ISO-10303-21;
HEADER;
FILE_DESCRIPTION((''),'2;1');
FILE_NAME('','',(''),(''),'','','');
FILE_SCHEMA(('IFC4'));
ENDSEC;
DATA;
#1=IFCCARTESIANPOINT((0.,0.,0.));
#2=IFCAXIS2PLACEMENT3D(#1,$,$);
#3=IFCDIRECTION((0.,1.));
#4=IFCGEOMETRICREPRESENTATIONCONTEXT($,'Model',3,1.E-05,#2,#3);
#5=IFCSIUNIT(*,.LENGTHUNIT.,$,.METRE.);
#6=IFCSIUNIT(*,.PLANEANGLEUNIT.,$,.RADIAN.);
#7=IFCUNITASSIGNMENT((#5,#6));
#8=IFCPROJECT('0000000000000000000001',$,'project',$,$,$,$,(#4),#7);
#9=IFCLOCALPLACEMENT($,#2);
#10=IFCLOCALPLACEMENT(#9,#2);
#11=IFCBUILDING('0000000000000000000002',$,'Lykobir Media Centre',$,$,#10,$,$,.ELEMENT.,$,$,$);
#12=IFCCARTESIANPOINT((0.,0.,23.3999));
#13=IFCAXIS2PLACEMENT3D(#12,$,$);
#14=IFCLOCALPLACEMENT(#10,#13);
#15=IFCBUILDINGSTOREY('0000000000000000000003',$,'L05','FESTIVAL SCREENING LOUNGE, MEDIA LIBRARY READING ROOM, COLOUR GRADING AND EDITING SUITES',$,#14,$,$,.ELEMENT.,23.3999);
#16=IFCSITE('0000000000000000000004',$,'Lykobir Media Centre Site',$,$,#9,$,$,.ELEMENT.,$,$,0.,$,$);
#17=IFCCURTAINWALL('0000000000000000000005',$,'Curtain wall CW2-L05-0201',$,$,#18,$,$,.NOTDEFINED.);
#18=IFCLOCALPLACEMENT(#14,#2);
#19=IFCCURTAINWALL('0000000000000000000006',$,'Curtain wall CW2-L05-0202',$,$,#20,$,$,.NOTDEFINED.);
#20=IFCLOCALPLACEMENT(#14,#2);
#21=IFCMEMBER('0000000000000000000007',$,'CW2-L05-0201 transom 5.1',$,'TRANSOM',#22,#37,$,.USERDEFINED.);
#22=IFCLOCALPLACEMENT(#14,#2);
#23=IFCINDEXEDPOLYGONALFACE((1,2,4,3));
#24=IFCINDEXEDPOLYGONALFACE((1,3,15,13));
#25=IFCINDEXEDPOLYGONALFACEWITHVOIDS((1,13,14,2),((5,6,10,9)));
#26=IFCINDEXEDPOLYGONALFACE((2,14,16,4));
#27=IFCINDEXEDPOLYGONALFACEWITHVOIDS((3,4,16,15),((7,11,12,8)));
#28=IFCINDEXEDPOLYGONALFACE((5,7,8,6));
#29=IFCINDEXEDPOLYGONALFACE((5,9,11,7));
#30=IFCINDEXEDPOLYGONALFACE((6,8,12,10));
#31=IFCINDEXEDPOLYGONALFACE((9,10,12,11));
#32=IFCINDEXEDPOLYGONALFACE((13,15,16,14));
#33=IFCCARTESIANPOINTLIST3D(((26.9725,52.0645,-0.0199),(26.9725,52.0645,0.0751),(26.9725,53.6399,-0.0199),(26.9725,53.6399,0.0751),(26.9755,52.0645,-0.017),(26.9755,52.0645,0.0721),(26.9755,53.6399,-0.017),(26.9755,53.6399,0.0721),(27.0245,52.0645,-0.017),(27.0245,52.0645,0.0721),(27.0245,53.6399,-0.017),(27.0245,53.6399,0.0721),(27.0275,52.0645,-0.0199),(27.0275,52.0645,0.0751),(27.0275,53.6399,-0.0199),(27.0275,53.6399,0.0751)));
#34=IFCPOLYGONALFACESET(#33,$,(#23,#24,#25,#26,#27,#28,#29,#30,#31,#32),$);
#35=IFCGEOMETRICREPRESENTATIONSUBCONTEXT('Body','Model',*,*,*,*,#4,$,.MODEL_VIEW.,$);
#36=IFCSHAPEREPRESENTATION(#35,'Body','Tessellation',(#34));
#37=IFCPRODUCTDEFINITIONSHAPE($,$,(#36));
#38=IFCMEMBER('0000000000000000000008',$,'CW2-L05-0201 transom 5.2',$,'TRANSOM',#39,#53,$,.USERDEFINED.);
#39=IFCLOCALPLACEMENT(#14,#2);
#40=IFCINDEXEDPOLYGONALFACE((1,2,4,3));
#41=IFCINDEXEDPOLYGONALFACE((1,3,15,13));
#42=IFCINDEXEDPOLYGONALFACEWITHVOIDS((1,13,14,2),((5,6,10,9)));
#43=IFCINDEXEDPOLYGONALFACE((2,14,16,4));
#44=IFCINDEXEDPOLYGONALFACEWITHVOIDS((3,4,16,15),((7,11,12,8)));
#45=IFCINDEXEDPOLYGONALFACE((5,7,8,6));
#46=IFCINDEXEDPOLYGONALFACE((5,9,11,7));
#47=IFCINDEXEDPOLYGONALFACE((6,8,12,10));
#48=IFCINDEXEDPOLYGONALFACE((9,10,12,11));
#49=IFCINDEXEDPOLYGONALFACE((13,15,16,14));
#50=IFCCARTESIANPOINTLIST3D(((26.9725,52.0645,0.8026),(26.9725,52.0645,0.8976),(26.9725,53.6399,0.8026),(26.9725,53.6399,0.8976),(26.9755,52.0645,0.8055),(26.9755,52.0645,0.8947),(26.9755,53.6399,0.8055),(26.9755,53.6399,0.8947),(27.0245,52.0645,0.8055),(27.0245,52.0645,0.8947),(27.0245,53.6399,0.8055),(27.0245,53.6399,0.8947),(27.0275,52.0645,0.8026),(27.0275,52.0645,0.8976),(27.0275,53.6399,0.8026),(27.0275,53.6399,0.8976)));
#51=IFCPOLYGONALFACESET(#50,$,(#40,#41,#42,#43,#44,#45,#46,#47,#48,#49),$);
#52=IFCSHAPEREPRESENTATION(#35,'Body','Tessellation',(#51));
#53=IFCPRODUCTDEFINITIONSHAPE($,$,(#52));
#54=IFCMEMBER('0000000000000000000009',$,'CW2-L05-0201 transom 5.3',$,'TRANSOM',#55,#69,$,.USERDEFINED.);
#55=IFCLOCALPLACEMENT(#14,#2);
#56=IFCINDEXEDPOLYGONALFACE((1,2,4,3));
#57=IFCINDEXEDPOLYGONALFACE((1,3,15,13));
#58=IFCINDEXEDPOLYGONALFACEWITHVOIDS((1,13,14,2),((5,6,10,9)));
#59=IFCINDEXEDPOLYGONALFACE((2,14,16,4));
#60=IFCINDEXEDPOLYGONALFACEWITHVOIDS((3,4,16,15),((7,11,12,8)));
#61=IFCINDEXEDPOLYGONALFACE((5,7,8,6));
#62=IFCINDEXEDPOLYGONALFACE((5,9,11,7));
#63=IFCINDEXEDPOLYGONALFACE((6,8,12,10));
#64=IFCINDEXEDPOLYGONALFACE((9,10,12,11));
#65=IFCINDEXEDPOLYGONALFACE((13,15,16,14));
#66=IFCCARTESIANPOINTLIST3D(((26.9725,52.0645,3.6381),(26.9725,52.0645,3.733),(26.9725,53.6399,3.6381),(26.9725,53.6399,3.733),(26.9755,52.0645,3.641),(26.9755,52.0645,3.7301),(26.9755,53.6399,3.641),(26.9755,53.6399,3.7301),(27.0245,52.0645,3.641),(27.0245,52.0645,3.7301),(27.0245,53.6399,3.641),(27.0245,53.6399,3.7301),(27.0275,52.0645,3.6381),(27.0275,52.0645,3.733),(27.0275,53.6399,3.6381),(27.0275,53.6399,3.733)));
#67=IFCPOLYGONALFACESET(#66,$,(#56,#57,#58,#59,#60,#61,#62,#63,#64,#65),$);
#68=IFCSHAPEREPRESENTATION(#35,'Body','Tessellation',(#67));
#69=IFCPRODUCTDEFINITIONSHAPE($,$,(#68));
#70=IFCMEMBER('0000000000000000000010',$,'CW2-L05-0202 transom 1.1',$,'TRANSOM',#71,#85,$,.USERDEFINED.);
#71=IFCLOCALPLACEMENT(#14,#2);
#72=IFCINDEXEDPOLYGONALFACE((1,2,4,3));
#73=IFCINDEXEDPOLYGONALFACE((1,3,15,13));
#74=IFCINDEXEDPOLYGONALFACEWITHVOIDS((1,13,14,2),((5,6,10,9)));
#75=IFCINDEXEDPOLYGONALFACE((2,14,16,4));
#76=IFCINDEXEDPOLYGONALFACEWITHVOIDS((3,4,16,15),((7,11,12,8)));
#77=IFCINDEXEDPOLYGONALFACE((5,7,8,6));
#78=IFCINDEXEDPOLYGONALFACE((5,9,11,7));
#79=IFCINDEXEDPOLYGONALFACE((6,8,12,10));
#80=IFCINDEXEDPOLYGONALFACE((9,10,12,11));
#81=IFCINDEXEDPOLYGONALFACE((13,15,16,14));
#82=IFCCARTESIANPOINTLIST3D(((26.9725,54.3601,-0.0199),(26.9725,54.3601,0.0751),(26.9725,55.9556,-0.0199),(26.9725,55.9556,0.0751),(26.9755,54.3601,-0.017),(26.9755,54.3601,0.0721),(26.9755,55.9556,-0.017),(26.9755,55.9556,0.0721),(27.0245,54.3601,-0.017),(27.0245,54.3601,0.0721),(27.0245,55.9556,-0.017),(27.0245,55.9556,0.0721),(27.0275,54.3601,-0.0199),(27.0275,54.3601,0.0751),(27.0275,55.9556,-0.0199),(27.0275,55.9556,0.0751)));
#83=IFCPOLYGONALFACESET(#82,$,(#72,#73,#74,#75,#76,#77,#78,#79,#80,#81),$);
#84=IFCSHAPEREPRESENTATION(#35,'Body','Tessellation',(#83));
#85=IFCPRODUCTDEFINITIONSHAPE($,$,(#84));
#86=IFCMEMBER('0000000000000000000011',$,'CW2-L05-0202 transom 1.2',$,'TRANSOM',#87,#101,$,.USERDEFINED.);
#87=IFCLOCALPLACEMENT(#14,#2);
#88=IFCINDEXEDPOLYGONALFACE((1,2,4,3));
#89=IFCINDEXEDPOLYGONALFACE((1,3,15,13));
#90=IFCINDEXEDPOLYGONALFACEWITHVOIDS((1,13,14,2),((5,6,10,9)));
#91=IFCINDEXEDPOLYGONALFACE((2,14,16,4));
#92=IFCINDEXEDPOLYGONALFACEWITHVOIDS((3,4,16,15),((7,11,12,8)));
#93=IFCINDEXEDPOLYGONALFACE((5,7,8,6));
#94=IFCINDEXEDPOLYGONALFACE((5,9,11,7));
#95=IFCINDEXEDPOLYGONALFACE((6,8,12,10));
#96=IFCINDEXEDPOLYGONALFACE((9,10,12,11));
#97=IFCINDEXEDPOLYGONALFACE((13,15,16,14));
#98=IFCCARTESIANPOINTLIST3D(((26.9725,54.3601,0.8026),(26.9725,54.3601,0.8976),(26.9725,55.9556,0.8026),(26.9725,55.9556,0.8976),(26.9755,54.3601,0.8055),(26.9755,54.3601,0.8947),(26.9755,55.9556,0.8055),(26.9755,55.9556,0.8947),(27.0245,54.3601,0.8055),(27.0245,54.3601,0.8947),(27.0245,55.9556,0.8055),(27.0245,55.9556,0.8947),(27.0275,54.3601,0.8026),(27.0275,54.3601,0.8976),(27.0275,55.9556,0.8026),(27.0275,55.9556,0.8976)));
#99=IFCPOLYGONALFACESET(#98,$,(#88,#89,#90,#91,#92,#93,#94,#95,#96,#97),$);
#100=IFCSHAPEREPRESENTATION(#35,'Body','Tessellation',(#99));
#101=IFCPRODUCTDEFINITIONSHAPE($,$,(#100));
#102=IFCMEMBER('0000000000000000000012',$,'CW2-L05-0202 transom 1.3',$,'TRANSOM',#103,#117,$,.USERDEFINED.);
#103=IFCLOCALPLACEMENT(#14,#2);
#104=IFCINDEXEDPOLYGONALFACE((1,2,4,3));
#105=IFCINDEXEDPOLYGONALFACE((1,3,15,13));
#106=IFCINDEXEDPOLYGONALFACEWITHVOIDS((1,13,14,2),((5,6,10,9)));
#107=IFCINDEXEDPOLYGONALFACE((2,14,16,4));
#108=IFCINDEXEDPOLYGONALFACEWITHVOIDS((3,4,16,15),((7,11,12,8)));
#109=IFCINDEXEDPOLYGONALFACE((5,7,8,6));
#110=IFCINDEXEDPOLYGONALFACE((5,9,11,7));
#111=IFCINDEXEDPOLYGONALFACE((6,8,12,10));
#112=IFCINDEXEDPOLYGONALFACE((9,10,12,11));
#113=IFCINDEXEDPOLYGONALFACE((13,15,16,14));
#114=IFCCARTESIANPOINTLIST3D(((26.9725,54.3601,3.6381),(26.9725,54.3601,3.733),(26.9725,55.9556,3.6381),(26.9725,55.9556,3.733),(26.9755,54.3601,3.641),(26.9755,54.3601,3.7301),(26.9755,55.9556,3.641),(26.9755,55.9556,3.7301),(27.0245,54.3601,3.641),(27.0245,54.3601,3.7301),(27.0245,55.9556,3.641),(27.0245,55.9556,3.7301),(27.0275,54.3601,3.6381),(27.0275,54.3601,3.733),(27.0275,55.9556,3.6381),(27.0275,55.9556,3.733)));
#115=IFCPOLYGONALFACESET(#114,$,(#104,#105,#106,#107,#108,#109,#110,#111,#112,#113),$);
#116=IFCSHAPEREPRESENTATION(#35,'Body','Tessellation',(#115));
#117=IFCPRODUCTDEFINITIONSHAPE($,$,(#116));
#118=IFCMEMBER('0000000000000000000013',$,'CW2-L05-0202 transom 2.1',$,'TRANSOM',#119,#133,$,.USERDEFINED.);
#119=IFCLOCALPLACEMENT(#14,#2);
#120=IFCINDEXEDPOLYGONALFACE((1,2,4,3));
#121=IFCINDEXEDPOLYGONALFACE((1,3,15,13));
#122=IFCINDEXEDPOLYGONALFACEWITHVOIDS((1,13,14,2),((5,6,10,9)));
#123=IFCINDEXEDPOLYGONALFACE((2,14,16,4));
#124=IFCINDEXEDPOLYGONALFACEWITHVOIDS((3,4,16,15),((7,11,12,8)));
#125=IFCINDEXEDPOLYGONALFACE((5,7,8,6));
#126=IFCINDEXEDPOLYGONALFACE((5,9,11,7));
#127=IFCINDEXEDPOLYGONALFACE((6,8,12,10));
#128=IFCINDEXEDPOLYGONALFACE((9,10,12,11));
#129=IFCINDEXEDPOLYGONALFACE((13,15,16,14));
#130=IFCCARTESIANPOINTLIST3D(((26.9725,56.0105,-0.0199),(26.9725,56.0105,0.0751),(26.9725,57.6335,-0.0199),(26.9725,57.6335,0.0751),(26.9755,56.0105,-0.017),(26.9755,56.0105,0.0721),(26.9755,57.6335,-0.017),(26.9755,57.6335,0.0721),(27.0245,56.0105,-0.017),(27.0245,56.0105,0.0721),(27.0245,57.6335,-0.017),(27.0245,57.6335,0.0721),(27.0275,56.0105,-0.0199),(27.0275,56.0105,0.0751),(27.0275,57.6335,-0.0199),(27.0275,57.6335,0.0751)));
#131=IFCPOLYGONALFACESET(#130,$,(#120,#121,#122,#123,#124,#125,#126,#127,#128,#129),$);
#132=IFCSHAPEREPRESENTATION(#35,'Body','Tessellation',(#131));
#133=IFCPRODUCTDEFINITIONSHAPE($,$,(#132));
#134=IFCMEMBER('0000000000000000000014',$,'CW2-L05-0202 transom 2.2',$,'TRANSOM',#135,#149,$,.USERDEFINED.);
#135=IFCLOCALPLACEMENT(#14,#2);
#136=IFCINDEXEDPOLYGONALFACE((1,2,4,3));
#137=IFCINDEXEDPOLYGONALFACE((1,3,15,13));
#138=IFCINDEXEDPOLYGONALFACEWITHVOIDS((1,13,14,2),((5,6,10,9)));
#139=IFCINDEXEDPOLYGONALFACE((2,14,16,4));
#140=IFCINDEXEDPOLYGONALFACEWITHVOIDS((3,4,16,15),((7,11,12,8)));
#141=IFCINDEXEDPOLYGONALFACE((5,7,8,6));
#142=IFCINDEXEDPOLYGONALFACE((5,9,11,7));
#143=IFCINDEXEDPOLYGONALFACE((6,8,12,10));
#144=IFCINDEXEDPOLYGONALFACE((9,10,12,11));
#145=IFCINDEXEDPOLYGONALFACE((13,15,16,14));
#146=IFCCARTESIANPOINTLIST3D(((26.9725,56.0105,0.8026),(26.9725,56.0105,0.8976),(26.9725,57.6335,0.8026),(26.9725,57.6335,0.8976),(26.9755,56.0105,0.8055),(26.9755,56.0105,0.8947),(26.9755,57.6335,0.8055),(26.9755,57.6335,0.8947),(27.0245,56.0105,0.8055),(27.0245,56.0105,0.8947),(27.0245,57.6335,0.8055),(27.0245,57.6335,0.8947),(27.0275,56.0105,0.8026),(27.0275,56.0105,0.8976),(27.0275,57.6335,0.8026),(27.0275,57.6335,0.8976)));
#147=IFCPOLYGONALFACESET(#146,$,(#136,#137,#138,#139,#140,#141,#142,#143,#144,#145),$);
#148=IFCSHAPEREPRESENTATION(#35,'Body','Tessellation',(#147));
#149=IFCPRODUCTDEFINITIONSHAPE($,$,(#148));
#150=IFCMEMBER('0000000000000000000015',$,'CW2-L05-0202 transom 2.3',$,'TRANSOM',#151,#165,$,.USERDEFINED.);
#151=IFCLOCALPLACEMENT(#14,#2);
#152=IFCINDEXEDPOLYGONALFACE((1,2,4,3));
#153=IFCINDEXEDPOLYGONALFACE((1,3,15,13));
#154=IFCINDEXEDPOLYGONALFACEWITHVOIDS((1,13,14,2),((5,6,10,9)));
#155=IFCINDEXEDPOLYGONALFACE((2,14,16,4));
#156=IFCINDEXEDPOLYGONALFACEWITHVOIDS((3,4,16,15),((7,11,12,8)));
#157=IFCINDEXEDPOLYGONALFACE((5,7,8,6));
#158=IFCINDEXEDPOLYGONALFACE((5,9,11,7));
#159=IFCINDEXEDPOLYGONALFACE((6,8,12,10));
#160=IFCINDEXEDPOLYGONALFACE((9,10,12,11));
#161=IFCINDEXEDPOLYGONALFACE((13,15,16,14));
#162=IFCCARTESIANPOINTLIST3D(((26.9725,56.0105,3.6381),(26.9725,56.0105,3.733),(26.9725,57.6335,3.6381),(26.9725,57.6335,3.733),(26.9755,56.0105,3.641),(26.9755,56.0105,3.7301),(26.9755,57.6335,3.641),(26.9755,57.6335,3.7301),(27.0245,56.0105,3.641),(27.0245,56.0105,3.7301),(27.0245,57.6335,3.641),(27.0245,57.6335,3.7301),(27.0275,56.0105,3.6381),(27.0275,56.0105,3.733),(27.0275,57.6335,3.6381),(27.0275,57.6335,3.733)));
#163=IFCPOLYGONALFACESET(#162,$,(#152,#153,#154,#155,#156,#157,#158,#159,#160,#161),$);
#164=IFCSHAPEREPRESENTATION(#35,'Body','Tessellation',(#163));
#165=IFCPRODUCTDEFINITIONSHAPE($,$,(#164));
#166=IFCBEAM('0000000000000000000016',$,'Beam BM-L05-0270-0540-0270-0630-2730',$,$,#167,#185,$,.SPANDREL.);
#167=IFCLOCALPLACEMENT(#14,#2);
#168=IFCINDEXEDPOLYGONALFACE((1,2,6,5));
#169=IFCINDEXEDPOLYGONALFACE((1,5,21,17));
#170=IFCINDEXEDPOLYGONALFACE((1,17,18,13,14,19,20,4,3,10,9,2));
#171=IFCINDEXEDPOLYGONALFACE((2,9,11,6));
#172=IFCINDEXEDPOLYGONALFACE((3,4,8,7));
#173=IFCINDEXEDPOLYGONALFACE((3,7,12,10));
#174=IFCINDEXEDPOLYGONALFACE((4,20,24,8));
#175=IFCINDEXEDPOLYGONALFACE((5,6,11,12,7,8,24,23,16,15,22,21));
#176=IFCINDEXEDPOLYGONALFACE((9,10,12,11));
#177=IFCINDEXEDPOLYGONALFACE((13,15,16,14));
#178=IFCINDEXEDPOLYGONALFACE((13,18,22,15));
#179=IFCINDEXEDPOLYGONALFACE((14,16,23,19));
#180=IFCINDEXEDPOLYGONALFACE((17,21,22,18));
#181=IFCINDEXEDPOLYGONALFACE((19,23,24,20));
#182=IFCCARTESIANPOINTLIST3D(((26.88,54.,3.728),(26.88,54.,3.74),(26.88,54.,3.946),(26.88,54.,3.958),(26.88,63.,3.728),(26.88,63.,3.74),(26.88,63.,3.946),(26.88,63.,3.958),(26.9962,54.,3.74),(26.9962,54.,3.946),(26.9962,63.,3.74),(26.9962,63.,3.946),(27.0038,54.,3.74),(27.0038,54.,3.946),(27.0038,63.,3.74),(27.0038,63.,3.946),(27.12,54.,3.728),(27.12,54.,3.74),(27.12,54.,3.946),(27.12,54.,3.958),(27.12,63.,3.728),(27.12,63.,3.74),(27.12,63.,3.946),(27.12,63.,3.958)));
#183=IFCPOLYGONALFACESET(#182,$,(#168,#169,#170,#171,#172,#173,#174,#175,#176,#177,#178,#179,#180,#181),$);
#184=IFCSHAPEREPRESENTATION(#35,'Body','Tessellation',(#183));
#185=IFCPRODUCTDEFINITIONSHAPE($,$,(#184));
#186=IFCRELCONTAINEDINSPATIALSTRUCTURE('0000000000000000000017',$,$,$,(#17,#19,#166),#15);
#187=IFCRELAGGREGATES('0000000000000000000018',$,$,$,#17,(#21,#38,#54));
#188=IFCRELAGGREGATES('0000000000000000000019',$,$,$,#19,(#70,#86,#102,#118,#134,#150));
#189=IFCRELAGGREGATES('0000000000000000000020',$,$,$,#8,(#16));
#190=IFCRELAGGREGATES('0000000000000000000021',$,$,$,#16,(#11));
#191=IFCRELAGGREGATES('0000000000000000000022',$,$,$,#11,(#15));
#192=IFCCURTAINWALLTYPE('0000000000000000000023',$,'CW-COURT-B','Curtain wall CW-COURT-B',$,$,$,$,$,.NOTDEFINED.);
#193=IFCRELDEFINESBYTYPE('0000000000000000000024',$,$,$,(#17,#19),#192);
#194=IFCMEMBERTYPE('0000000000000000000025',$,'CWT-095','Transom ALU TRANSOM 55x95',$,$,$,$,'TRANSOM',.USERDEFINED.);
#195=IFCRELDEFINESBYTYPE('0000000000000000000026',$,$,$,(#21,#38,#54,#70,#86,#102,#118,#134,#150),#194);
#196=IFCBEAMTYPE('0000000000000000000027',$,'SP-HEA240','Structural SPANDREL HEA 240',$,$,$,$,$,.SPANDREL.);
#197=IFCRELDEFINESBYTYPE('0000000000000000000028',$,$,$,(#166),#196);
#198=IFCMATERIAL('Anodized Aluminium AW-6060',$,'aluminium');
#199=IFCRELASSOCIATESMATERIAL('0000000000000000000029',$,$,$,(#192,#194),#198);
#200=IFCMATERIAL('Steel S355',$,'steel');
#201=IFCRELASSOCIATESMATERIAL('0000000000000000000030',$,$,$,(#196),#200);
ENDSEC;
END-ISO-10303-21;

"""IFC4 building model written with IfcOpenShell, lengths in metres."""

from ifc_helpers import new_model, si_unit, direction, frame, origin, origin_2d, place, context, subcontext, project, spatial, hollow_rectangle, i_section, extrude, material, material_profile, profile_set, type_object, element, aggregate, save


model = new_model("IFC4")

# Units and contexts
model_context = context("Model", 3, precision=1e-05, world=origin(), true_north=direction((0.0, 1.0)))
body_context = subcontext(model_context, "Body", "Model", "MODEL_VIEW")
ifc_project = project(units=[si_unit("LENGTHUNIT", "METRE"), si_unit("PLANEANGLEUNIT", "RADIAN")], contexts=[model_context])

# Site, building, storey
site_placement = place(None, origin())
site = spatial("IfcSite", under=ifc_project, at=site_placement, Name="Lykobir Media Centre Site", CompositionType="ELEMENT", RefElevation=0.0)
building_placement = place(site_placement, origin())
building = spatial("IfcBuilding", under=site, at=building_placement, Name="Lykobir Media Centre", CompositionType="ELEMENT")
storey_placement = place(building_placement, frame((0.0, 0.0, 23.3999)))
storey = spatial("IfcBuildingStorey", under=building, at=storey_placement, Name="L05", Description="FESTIVAL SCREENING LOUNGE, MEDIA LIBRARY READING ROOM, COLOUR GRADING AND EDITING SUITES", CompositionType="ELEMENT", Elevation=23.3999)

# Shared definitions
ifc_material_1 = material(Name="Steel S355", Category="steel")

# Shared definitions
ifc_material_2 = material(Name="Anodized Aluminium AW-6060", Category="aluminium")
curtain_wall_type = type_object("IfcCurtainWallType", Name="CW-COURT-B", Description="Curtain wall CW-COURT-B", PredefinedType="NOTDEFINED", material=ifc_material_2)

# Curtain walls
curtain_wall_1_placement = place(storey_placement, origin())
curtain_wall_1 = element("IfcCurtainWall", 1, at=curtain_wall_1_placement, inside=storey, type_object=curtain_wall_type, Name="Curtain wall CW2-L05-0201", PredefinedType="NOTDEFINED")
curtain_wall_2_placement = place(storey_placement, origin())
curtain_wall_2 = element("IfcCurtainWall", 2, at=curtain_wall_2_placement, inside=storey, type_object=curtain_wall_type, Name="Curtain wall CW2-L05-0202", PredefinedType="NOTDEFINED")

# Members
ifc_material_profile_1 = material_profile(ifc_material_2, hollow_rectangle(XDim=0.0549, YDim=0.095, WallThickness=0.0029, at=origin_2d()), Name="ALU TRANSOM 55x95")
ifc_profile_set_1 = profile_set([ifc_material_profile_1], Name="Anodized Aluminium AW-6060")
member_type_1 = type_object("IfcMemberType", Name="CWT-095", Description="Transom ALU TRANSOM 55x95", ElementType="TRANSOM", PredefinedType="USERDEFINED", material=ifc_profile_set_1)
member_1_placement = place(storey_placement, frame((27.0, 52.0645, 0.0276), z_axis=(0.0, 1.0, 0.0), x_axis=(-1.0, 0.0, 0.0)))
member_1 = element("IfcMember", 3, at=member_1_placement, type_object=member_type_1, Name="CW2-L05-0201 transom 5.1", ObjectType="TRANSOM", PredefinedType="USERDEFINED", context=body_context, shape_type="SweptSolid", body=[
    extrude(hollow_rectangle(XDim=0.0549, YDim=0.095, WallThickness=0.0029, at=origin_2d()), origin(), (0.0, 0.0, 1.0), 1.5754),
])
member_2_placement = place(storey_placement, frame((27.0, 52.0645, 0.8501), z_axis=(0.0, 1.0, 0.0), x_axis=(-1.0, 0.0, 0.0)))
member_2 = element("IfcMember", 4, at=member_2_placement, type_object=member_type_1, Name="CW2-L05-0201 transom 5.2", ObjectType="TRANSOM", PredefinedType="USERDEFINED", context=body_context, shape_type="SweptSolid", body=[
    extrude(hollow_rectangle(XDim=0.0549, YDim=0.095, WallThickness=0.0029, at=origin_2d()), origin(), (0.0, 0.0, 1.0), 1.5754),
])
member_3_placement = place(storey_placement, frame((27.0, 52.0645, 3.6855), z_axis=(0.0, 1.0, 0.0), x_axis=(-1.0, 0.0, 0.0)))
member_3 = element("IfcMember", 5, at=member_3_placement, type_object=member_type_1, Name="CW2-L05-0201 transom 5.3", ObjectType="TRANSOM", PredefinedType="USERDEFINED", context=body_context, shape_type="SweptSolid", body=[
    extrude(hollow_rectangle(XDim=0.0549, YDim=0.095, WallThickness=0.0029, at=origin_2d()), origin(), (0.0, 0.0, 1.0), 1.5754),
])
member_4_placement = place(storey_placement, frame((27.0, 54.3601, 0.0276), z_axis=(0.0, 1.0, 0.0), x_axis=(-1.0, 0.0, 0.0)))
member_4 = element("IfcMember", 6, at=member_4_placement, type_object=member_type_1, Name="CW2-L05-0202 transom 1.1", ObjectType="TRANSOM", PredefinedType="USERDEFINED", context=body_context, shape_type="SweptSolid", body=[
    extrude(hollow_rectangle(XDim=0.0549, YDim=0.095, WallThickness=0.0029, at=origin_2d()), origin(), (0.0, 0.0, 1.0), 1.5955),
])
member_5_placement = place(storey_placement, frame((27.0, 54.3601, 0.8501), z_axis=(0.0, 1.0, 0.0), x_axis=(-1.0, 0.0, 0.0)))
member_5 = element("IfcMember", 7, at=member_5_placement, type_object=member_type_1, Name="CW2-L05-0202 transom 1.2", ObjectType="TRANSOM", PredefinedType="USERDEFINED", context=body_context, shape_type="SweptSolid", body=[
    extrude(hollow_rectangle(XDim=0.0549, YDim=0.095, WallThickness=0.0029, at=origin_2d()), origin(), (0.0, 0.0, 1.0), 1.5955),
])
member_6_placement = place(storey_placement, frame((27.0, 54.3601, 3.6855), z_axis=(0.0, 1.0, 0.0), x_axis=(-1.0, 0.0, 0.0)))
member_6 = element("IfcMember", 8, at=member_6_placement, type_object=member_type_1, Name="CW2-L05-0202 transom 1.3", ObjectType="TRANSOM", PredefinedType="USERDEFINED", context=body_context, shape_type="SweptSolid", body=[
    extrude(hollow_rectangle(XDim=0.0549, YDim=0.095, WallThickness=0.0029, at=origin_2d()), origin(), (0.0, 0.0, 1.0), 1.5955),
])
member_7_placement = place(storey_placement, frame((27.0, 56.0105, 0.0276), z_axis=(0.0, 1.0, 0.0), x_axis=(-1.0, 0.0, 0.0)))
member_7 = element("IfcMember", 9, at=member_7_placement, type_object=member_type_1, Name="CW2-L05-0202 transom 2.1", ObjectType="TRANSOM", PredefinedType="USERDEFINED", context=body_context, shape_type="SweptSolid", body=[
    extrude(hollow_rectangle(XDim=0.0549, YDim=0.095, WallThickness=0.0029, at=origin_2d()), origin(), (0.0, 0.0, 1.0), 1.623),
])
member_8_placement = place(storey_placement, frame((27.0, 56.0105, 0.8501), z_axis=(0.0, 1.0, 0.0), x_axis=(-1.0, 0.0, 0.0)))
member_8 = element("IfcMember", 10, at=member_8_placement, type_object=member_type_1, Name="CW2-L05-0202 transom 2.2", ObjectType="TRANSOM", PredefinedType="USERDEFINED", context=body_context, shape_type="SweptSolid", body=[
    extrude(hollow_rectangle(XDim=0.0549, YDim=0.095, WallThickness=0.0029, at=origin_2d()), origin(), (0.0, 0.0, 1.0), 1.623),
])
member_9_placement = place(storey_placement, frame((27.0, 56.0105, 3.6855), z_axis=(0.0, 1.0, 0.0), x_axis=(-1.0, 0.0, 0.0)))
member_9 = element("IfcMember", 11, at=member_9_placement, type_object=member_type_1, Name="CW2-L05-0202 transom 2.3", ObjectType="TRANSOM", PredefinedType="USERDEFINED", context=body_context, shape_type="SweptSolid", body=[
    extrude(hollow_rectangle(XDim=0.0549, YDim=0.095, WallThickness=0.0029, at=origin_2d()), origin(), (0.0, 0.0, 1.0), 1.623),
])

# Beam
ifc_material_profile_2 = material_profile(ifc_material_1, i_section(OverallWidth=0.24, OverallDepth=0.23, WebThickness=0.0076, FlangeThickness=0.012, at=origin_2d()), Name="HEA 240")
ifc_profile_set_2 = profile_set([ifc_material_profile_2], Name="Steel S355")
beam_type_1 = type_object("IfcBeamType", Name="SP-HEA240", Description="Structural SPANDREL HEA 240", PredefinedType="SPANDREL", material=ifc_profile_set_2)
beam_1_placement = place(storey_placement, frame((27.0, 54.0, 3.843), z_axis=(0.0, 1.0, 0.0), x_axis=(-1.0, 0.0, 0.0)))
element("IfcBeam", 12, at=beam_1_placement, inside=storey, type_object=beam_type_1, Name="Beam BM-L05-0270-0540-0270-0630-2730", PredefinedType="SPANDREL", context=body_context, shape_type="SweptSolid", body=[
    extrude(i_section(OverallWidth=0.24, OverallDepth=0.23, WebThickness=0.0076, FlangeThickness=0.012, at=origin_2d()), origin(), (0.0, 0.0, 1.0), 9.0),
])

aggregate(curtain_wall_1, [member_1, member_2, member_3])
aggregate(curtain_wall_2, [member_4, member_5, member_6, member_7, member_8, member_9])

save(model, "model.ifc")
